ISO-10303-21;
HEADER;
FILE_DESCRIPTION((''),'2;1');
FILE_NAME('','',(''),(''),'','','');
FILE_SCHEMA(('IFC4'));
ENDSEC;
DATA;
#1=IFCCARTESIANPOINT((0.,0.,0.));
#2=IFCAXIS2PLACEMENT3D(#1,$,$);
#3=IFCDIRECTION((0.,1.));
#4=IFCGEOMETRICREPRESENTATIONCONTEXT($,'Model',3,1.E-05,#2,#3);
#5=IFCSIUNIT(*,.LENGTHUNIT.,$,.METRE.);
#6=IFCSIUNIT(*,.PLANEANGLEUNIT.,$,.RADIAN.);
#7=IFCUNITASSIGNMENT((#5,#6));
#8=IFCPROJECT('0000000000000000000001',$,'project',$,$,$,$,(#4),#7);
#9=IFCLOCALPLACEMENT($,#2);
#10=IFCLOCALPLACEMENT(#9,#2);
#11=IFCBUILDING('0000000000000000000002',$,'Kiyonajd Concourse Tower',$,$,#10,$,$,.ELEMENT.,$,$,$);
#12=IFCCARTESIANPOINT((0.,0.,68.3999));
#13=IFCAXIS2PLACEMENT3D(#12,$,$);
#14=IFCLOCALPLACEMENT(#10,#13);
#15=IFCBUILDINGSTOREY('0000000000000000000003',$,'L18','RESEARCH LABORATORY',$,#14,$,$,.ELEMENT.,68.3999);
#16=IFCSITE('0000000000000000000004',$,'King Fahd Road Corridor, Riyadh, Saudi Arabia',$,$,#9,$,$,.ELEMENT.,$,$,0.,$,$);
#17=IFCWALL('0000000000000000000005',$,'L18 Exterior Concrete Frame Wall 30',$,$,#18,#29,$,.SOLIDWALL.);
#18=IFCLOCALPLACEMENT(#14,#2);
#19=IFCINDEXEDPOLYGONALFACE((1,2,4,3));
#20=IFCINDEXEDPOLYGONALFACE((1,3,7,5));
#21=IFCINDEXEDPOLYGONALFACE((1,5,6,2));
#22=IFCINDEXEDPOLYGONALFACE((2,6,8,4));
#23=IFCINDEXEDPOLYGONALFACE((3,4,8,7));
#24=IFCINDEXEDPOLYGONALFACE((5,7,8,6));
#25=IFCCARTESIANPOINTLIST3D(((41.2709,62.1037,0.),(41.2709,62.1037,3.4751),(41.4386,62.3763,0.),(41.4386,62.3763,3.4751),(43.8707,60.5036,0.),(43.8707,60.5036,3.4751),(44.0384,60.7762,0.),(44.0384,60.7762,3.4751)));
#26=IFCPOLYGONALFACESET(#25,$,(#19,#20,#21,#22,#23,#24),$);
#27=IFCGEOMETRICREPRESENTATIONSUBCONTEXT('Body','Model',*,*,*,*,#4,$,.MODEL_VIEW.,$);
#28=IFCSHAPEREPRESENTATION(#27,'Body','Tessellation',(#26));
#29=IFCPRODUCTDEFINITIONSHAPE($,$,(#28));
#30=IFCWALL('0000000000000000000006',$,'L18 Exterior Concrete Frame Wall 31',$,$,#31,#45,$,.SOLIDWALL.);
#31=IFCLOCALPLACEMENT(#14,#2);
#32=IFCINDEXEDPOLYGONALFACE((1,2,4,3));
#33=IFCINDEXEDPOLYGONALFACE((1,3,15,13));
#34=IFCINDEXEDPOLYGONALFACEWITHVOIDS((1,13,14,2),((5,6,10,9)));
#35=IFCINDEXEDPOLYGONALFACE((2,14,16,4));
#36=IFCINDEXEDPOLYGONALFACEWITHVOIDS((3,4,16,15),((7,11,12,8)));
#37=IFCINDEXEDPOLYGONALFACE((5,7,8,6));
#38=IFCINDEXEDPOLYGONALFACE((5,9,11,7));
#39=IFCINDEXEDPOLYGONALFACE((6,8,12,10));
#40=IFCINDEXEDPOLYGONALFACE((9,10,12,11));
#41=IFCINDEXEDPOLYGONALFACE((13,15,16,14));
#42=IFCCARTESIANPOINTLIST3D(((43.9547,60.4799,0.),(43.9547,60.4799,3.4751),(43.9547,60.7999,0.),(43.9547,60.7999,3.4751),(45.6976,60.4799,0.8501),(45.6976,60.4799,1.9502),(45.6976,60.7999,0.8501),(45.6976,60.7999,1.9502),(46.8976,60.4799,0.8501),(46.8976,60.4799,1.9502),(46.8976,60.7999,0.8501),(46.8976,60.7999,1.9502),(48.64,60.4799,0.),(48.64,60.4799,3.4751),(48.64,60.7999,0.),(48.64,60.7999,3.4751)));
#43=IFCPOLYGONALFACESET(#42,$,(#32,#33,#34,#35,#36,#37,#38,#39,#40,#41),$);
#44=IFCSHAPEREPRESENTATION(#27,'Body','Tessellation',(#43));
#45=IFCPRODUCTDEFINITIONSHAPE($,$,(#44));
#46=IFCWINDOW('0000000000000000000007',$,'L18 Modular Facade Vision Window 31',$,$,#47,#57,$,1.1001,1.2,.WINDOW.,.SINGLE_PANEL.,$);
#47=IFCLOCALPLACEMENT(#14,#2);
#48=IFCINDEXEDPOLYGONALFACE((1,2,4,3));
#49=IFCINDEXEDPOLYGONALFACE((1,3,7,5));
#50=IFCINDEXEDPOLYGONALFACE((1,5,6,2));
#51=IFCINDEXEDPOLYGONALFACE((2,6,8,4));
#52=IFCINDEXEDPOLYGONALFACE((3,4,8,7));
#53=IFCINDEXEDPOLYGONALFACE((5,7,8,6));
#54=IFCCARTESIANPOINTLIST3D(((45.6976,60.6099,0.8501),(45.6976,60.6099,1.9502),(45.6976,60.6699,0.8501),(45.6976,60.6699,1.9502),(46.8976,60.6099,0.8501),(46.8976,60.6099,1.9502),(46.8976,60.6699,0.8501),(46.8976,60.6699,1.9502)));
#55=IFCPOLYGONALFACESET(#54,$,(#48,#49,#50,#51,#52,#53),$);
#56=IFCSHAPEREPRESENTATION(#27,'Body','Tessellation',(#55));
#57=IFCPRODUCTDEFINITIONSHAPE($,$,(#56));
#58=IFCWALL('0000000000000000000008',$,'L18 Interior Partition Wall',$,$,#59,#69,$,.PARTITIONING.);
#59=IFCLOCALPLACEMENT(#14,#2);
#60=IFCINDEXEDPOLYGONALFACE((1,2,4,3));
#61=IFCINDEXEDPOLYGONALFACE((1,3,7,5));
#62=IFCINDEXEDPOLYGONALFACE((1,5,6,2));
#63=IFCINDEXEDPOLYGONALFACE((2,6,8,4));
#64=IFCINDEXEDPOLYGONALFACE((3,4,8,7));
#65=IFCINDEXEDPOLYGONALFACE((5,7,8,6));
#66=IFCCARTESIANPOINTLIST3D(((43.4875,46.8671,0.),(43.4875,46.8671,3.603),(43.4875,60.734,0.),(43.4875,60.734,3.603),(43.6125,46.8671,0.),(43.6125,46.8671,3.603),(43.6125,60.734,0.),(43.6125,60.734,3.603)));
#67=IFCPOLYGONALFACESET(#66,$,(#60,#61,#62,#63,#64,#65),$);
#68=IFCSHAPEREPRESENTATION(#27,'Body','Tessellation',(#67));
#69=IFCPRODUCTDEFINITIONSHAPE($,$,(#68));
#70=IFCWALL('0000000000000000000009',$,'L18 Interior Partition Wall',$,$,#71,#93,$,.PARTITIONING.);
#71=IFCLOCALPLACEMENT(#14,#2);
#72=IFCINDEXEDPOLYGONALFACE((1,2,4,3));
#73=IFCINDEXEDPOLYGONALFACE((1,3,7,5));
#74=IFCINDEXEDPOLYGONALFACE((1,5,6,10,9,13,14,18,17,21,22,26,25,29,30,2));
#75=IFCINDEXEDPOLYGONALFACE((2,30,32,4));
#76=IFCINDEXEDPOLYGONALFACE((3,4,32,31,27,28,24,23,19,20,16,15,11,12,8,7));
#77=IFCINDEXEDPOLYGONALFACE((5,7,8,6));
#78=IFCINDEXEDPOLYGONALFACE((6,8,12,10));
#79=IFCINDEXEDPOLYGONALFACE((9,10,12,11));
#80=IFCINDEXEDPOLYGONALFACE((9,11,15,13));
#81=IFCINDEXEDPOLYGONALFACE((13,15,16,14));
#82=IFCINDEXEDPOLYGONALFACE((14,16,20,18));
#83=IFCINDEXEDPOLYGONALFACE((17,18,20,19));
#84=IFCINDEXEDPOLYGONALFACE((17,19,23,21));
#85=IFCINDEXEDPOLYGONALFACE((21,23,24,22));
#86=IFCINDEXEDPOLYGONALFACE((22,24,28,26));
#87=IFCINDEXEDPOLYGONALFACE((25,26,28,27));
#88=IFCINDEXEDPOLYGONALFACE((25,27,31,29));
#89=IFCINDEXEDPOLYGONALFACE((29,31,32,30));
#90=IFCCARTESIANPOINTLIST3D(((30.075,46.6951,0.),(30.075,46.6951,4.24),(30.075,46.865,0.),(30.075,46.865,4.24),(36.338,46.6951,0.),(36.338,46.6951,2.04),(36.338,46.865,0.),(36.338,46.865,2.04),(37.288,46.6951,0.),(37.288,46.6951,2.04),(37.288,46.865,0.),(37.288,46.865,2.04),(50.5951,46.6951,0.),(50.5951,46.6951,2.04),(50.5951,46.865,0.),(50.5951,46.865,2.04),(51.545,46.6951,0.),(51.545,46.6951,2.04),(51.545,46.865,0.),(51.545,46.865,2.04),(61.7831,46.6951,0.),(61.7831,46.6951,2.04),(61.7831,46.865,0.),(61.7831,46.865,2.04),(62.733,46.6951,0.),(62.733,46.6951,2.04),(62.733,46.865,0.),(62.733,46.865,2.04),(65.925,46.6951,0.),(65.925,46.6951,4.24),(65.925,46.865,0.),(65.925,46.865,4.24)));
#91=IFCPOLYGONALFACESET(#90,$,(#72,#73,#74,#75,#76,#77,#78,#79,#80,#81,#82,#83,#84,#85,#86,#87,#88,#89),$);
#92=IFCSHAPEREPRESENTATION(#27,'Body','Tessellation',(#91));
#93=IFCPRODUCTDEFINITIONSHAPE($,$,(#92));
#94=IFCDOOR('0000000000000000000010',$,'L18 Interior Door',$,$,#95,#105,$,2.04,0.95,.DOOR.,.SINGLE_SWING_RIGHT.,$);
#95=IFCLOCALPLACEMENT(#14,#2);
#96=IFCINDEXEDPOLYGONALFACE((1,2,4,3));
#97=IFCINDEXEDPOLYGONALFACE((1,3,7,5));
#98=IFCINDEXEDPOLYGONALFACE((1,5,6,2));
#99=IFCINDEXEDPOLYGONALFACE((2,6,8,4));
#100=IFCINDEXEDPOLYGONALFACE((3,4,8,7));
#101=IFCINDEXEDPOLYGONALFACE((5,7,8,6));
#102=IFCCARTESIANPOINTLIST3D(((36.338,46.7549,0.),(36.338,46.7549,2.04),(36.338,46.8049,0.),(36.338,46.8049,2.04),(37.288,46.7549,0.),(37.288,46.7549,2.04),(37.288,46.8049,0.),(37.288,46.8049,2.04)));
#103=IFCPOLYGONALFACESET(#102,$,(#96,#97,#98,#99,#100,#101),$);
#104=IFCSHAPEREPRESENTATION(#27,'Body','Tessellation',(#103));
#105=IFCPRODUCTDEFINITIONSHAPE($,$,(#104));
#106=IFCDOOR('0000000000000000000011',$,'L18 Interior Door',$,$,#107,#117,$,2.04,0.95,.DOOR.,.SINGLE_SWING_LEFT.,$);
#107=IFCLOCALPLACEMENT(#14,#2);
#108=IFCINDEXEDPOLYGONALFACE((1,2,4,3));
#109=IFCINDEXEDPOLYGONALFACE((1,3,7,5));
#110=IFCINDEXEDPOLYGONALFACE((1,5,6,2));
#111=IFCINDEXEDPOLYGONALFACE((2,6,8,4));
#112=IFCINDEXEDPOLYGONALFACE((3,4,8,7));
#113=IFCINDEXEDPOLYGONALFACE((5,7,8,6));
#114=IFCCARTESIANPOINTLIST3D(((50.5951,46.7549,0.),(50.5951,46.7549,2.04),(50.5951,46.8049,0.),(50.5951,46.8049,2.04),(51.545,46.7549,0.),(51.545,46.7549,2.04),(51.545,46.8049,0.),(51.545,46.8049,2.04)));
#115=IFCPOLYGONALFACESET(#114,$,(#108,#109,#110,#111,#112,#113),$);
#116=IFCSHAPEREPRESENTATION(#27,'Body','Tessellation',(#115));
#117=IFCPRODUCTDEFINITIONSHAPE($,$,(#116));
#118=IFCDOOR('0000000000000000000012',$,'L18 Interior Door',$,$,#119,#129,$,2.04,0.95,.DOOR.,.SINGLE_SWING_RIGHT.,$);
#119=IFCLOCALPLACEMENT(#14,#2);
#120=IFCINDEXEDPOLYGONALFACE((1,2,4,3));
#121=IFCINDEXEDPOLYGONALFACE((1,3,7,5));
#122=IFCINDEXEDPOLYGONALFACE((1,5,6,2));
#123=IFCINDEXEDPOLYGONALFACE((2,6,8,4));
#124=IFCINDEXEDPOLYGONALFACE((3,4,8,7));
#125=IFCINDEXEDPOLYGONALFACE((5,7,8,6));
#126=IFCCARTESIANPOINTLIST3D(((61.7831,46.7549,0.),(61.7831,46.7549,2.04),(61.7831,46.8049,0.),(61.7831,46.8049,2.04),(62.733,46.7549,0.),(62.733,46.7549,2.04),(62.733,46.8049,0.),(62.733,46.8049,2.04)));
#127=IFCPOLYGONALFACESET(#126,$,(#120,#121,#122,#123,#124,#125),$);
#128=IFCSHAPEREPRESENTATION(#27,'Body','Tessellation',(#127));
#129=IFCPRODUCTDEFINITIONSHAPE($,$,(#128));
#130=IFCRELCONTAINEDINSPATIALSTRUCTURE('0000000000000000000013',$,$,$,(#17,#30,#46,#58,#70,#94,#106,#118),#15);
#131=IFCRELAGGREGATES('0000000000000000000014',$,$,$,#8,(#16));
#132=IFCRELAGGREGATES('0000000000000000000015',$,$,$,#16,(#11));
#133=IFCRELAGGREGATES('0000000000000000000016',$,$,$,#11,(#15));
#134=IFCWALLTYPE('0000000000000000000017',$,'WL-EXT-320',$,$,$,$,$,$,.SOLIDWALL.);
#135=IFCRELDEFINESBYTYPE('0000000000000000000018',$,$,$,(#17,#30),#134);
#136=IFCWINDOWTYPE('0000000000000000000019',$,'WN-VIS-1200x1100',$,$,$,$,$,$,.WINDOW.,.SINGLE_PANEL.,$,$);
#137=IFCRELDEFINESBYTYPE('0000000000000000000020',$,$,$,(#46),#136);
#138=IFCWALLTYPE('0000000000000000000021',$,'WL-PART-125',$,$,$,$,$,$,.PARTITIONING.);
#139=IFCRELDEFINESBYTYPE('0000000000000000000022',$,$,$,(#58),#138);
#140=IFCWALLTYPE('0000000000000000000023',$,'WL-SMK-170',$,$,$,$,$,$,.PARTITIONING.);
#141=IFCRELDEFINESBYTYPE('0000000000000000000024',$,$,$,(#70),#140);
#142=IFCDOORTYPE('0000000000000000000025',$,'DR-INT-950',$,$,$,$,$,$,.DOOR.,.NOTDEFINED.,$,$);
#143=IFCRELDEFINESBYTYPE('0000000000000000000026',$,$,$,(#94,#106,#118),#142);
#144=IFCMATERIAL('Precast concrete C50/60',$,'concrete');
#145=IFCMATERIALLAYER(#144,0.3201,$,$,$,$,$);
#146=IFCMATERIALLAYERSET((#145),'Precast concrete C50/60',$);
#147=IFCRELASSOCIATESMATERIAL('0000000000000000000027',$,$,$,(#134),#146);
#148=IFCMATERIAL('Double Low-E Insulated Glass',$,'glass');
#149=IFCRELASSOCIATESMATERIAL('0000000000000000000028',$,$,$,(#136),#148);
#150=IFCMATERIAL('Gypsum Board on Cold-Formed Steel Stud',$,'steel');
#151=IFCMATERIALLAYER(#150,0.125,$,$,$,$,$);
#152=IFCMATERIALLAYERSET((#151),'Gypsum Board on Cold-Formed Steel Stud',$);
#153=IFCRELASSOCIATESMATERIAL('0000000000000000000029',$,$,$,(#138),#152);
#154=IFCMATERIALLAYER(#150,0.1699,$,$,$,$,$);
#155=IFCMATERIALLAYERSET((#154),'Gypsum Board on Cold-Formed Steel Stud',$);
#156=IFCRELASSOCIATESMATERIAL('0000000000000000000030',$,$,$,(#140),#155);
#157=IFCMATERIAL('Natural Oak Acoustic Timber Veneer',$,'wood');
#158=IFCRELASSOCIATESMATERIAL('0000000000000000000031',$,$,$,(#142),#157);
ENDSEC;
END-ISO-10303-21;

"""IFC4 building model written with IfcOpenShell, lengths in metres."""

from ifc_helpers import new_model, si_unit, direction, frame, frame_2d, origin, place, context, subcontext, project, spatial, rectangle, extrude, material, layer, layer_set, type_object, element, fill, save


model = new_model("IFC4")

# Units and contexts
model_context = context("Model", 3, precision=1e-05, world=origin(), true_north=direction((0.0, 1.0)))
body_context = subcontext(model_context, "Body", "Model", "MODEL_VIEW")
ifc_project = project(units=[si_unit("LENGTHUNIT", "METRE"), si_unit("PLANEANGLEUNIT", "RADIAN")], contexts=[model_context])

# Site, building, storey
site_placement = place(None, origin())
site = spatial("IfcSite", under=ifc_project, at=site_placement, Name="King Fahd Road Corridor, Riyadh, Saudi Arabia", CompositionType="ELEMENT", RefElevation=0.0)
building_placement = place(site_placement, origin())
building = spatial("IfcBuilding", under=site, at=building_placement, Name="Kiyonajd Concourse Tower", CompositionType="ELEMENT")
storey_placement = place(building_placement, frame((0.0, 0.0, 68.3999)))
storey = spatial("IfcBuildingStorey", under=building, at=storey_placement, Name="L18", Description="RESEARCH LABORATORY", CompositionType="ELEMENT", Elevation=68.3999)

# Shared definitions
ifc_material_1 = material(Name="Precast concrete C50/60", Category="concrete")

# Wall
ifc_layer_1 = layer(ifc_material_1, 0.3201)
ifc_layer_set_1 = layer_set([ifc_layer_1], Name="Precast concrete C50/60")
wall_type_1 = type_object("IfcWallType", Name="WL-EXT-320", PredefinedType="SOLIDWALL", material=ifc_layer_set_1)
wall_1_placement = place(storey_placement, frame((41.3547, 62.24, 0.0), z_axis=(0.0, 0.0, 1.0), x_axis=(0.851631, -0.524142, 0.0)))
element("IfcWall", 1, at=wall_1_placement, inside=storey, type_object=wall_type_1, Name="L18 Exterior Concrete Frame Wall 30", PredefinedType="SOLIDWALL", context=body_context, shape_type="SweptSolid", body=[
    extrude(rectangle(XDim=3.0527, YDim=0.3201, at=frame_2d((1.5264, 0.0))), origin(), (0.0, 0.0, 1.0), 3.4751),
])

# Wall, opening, window
wall_2_placement = place(storey_placement, frame((43.9546, 60.6399, 0.0), z_axis=(0.0, 0.0, 1.0), x_axis=(1.0, 0.0, 0.0)))
wall_2 = element("IfcWall", 2, at=wall_2_placement, inside=storey, type_object=wall_type_1, Name="L18 Exterior Concrete Frame Wall 31", PredefinedType="SOLIDWALL", context=body_context, shape_type="SweptSolid", body=[
    extrude(rectangle(XDim=4.6853, YDim=0.3201, at=frame_2d((2.3428, 0.0))), origin(), (0.0, 0.0, 1.0), 3.4751),
])
opening_1_placement = place(wall_2_placement, frame((1.7429, 0.0, 0.8501)))
opening_1 = element("IfcOpeningElement", 3, at=opening_1_placement, cuts=wall_2, PredefinedType="OPENING", context=body_context, shape_type="SweptSolid", body=[
    extrude(rectangle(XDim=1.2, YDim=1.1001, at=frame_2d((0.6001, 0.55))), frame((0.0, 0.1699, 0.0), z_axis=(0.0, -1.0, 0.0), x_axis=(1.0, 0.0, 0.0)), (0.0, 0.0, 1.0), 0.3401),
])
ifc_material_2 = material(Name="Double Low-E Insulated Glass", Category="glass")
window_type = type_object("IfcWindowType", Name="WN-VIS-1200x1100", PartitioningType="SINGLE_PANEL", PredefinedType="WINDOW", material=ifc_material_2)
window_placement = place(opening_1_placement, origin())
window = element("IfcWindow", 4, at=window_placement, inside=storey, type_object=window_type, Name="L18 Modular Facade Vision Window 31", OverallHeight=1.1001, OverallWidth=1.2, PartitioningType="SINGLE_PANEL", PredefinedType="WINDOW", context=body_context, shape_type="SweptSolid", body=[
    extrude(rectangle(XDim=1.2, YDim=1.1001, at=frame_2d((0.6001, 0.55))), frame((0.0, 0.03, 0.0), z_axis=(0.0, -1.0, 0.0), x_axis=(1.0, 0.0, 0.0)), (0.0, 0.0, 1.0), 0.0601),
])
fill(opening_1, window)

# Wall
ifc_material_3 = material(Name="Gypsum Board on Cold-Formed Steel Stud", Category="steel")
ifc_layer_2 = layer(ifc_material_3, 0.125)
ifc_layer_set_2 = layer_set([ifc_layer_2], Name="Gypsum Board on Cold-Formed Steel Stud")
wall_type_2 = type_object("IfcWallType", Name="WL-PART-125", PredefinedType="PARTITIONING", material=ifc_layer_set_2)
wall_3_placement = place(storey_placement, frame((43.55, 46.8669, 0.0), z_axis=(0.0, 0.0, 1.0), x_axis=(0.0, 1.0, 0.0)))
element("IfcWall", 5, at=wall_3_placement, inside=storey, type_object=wall_type_2, Name="L18 Interior Partition Wall", PredefinedType="PARTITIONING", context=body_context, shape_type="SweptSolid", body=[
    extrude(rectangle(XDim=13.8669, YDim=0.125, at=frame_2d((6.9336, 0.0))), origin(), (0.0, 0.0, 1.0), 3.603),
])

# Wall, openings, doors
ifc_layer_3 = layer(ifc_material_3, 0.1699)
ifc_layer_set_3 = layer_set([ifc_layer_3], Name="Gypsum Board on Cold-Formed Steel Stud")
wall_type_3 = type_object("IfcWallType", Name="WL-SMK-170", PredefinedType="PARTITIONING", material=ifc_layer_set_3)
wall_4_placement = place(storey_placement, frame((30.075, 46.78, 0.0), z_axis=(0.0, 0.0, 1.0), x_axis=(1.0, 0.0, 0.0)))
wall_4 = element("IfcWall", 6, at=wall_4_placement, inside=storey, type_object=wall_type_3, Name="L18 Interior Partition Wall", PredefinedType="PARTITIONING", context=body_context, shape_type="SweptSolid", body=[
    extrude(rectangle(XDim=35.8501, YDim=0.1699, at=frame_2d((17.925, 0.0))), origin(), (0.0, 0.0, 1.0), 4.24),
])
opening_2_placement = place(wall_4_placement, frame((6.2629, 0.0, 0.0)))
opening_2 = element("IfcOpeningElement", 7, at=opening_2_placement, cuts=wall_4, PredefinedType="OPENING", context=body_context, shape_type="SweptSolid", body=[
    extrude(rectangle(XDim=0.95, YDim=2.04, at=frame_2d((0.4751, 1.02))), frame((0.0, 0.095, 0.0), z_axis=(0.0, -1.0, 0.0), x_axis=(1.0, 0.0, 0.0)), (0.0, 0.0, 1.0), 0.1899),
])
opening_3_placement = place(wall_4_placement, frame((20.52, 0.0, 0.0)))
opening_3 = element("IfcOpeningElement", 8, at=opening_3_placement, cuts=wall_4, PredefinedType="OPENING", context=body_context, shape_type="SweptSolid", body=[
    extrude(rectangle(XDim=0.95, YDim=2.04, at=frame_2d((0.4751, 1.02))), frame((0.0, 0.095, 0.0), z_axis=(0.0, -1.0, 0.0), x_axis=(1.0, 0.0, 0.0)), (0.0, 0.0, 1.0), 0.1899),
])
opening_4_placement = place(wall_4_placement, frame((31.708, 0.0, 0.0)))
opening_4 = element("IfcOpeningElement", 9, at=opening_4_placement, cuts=wall_4, PredefinedType="OPENING", context=body_context, shape_type="SweptSolid", body=[
    extrude(rectangle(XDim=0.95, YDim=2.04, at=frame_2d((0.4751, 1.02))), frame((0.0, 0.095, 0.0), z_axis=(0.0, -1.0, 0.0), x_axis=(1.0, 0.0, 0.0)), (0.0, 0.0, 1.0), 0.1899),
])
ifc_material_4 = material(Name="Natural Oak Acoustic Timber Veneer", Category="wood")
door_type = type_object("IfcDoorType", Name="DR-INT-950", OperationType="NOTDEFINED", PredefinedType="DOOR", material=ifc_material_4)
door_1_placement = place(opening_2_placement, origin())
door_1 = element("IfcDoor", 10, at=door_1_placement, inside=storey, type_object=door_type, Name="L18 Interior Door", OperationType="SINGLE_SWING_RIGHT", OverallHeight=2.04, OverallWidth=0.95, PredefinedType="DOOR", context=body_context, shape_type="SweptSolid", body=[
    extrude(rectangle(XDim=0.95, YDim=2.04, at=frame_2d((0.4751, 1.02))), frame((0.0, 0.0249, 0.0), z_axis=(0.0, -1.0, 0.0), x_axis=(1.0, 0.0, 0.0)), (0.0, 0.0, 1.0), 0.05),
])
fill(opening_2, door_1)
door_2_placement = place(opening_3_placement, origin())
door_2 = element("IfcDoor", 11, at=door_2_placement, inside=storey, type_object=door_type, Name="L18 Interior Door", OperationType="SINGLE_SWING_LEFT", OverallHeight=2.04, OverallWidth=0.95, PredefinedType="DOOR", context=body_context, shape_type="SweptSolid", body=[
    extrude(rectangle(XDim=0.95, YDim=2.04, at=frame_2d((0.4751, 1.02))), frame((0.0, 0.0249, 0.0), z_axis=(0.0, -1.0, 0.0), x_axis=(1.0, 0.0, 0.0)), (0.0, 0.0, 1.0), 0.05),
])
fill(opening_3, door_2)
door_3_placement = place(opening_4_placement, origin())
door_3 = element("IfcDoor", 12, at=door_3_placement, inside=storey, type_object=door_type, Name="L18 Interior Door", OperationType="SINGLE_SWING_RIGHT", OverallHeight=2.04, OverallWidth=0.95, PredefinedType="DOOR", context=body_context, shape_type="SweptSolid", body=[
    extrude(rectangle(XDim=0.95, YDim=2.04, at=frame_2d((0.4751, 1.02))), frame((0.0, 0.0249, 0.0), z_axis=(0.0, -1.0, 0.0), x_axis=(1.0, 0.0, 0.0)), (0.0, 0.0, 1.0), 0.05),
])
fill(opening_4, door_3)

save(model, "model.ifc")
